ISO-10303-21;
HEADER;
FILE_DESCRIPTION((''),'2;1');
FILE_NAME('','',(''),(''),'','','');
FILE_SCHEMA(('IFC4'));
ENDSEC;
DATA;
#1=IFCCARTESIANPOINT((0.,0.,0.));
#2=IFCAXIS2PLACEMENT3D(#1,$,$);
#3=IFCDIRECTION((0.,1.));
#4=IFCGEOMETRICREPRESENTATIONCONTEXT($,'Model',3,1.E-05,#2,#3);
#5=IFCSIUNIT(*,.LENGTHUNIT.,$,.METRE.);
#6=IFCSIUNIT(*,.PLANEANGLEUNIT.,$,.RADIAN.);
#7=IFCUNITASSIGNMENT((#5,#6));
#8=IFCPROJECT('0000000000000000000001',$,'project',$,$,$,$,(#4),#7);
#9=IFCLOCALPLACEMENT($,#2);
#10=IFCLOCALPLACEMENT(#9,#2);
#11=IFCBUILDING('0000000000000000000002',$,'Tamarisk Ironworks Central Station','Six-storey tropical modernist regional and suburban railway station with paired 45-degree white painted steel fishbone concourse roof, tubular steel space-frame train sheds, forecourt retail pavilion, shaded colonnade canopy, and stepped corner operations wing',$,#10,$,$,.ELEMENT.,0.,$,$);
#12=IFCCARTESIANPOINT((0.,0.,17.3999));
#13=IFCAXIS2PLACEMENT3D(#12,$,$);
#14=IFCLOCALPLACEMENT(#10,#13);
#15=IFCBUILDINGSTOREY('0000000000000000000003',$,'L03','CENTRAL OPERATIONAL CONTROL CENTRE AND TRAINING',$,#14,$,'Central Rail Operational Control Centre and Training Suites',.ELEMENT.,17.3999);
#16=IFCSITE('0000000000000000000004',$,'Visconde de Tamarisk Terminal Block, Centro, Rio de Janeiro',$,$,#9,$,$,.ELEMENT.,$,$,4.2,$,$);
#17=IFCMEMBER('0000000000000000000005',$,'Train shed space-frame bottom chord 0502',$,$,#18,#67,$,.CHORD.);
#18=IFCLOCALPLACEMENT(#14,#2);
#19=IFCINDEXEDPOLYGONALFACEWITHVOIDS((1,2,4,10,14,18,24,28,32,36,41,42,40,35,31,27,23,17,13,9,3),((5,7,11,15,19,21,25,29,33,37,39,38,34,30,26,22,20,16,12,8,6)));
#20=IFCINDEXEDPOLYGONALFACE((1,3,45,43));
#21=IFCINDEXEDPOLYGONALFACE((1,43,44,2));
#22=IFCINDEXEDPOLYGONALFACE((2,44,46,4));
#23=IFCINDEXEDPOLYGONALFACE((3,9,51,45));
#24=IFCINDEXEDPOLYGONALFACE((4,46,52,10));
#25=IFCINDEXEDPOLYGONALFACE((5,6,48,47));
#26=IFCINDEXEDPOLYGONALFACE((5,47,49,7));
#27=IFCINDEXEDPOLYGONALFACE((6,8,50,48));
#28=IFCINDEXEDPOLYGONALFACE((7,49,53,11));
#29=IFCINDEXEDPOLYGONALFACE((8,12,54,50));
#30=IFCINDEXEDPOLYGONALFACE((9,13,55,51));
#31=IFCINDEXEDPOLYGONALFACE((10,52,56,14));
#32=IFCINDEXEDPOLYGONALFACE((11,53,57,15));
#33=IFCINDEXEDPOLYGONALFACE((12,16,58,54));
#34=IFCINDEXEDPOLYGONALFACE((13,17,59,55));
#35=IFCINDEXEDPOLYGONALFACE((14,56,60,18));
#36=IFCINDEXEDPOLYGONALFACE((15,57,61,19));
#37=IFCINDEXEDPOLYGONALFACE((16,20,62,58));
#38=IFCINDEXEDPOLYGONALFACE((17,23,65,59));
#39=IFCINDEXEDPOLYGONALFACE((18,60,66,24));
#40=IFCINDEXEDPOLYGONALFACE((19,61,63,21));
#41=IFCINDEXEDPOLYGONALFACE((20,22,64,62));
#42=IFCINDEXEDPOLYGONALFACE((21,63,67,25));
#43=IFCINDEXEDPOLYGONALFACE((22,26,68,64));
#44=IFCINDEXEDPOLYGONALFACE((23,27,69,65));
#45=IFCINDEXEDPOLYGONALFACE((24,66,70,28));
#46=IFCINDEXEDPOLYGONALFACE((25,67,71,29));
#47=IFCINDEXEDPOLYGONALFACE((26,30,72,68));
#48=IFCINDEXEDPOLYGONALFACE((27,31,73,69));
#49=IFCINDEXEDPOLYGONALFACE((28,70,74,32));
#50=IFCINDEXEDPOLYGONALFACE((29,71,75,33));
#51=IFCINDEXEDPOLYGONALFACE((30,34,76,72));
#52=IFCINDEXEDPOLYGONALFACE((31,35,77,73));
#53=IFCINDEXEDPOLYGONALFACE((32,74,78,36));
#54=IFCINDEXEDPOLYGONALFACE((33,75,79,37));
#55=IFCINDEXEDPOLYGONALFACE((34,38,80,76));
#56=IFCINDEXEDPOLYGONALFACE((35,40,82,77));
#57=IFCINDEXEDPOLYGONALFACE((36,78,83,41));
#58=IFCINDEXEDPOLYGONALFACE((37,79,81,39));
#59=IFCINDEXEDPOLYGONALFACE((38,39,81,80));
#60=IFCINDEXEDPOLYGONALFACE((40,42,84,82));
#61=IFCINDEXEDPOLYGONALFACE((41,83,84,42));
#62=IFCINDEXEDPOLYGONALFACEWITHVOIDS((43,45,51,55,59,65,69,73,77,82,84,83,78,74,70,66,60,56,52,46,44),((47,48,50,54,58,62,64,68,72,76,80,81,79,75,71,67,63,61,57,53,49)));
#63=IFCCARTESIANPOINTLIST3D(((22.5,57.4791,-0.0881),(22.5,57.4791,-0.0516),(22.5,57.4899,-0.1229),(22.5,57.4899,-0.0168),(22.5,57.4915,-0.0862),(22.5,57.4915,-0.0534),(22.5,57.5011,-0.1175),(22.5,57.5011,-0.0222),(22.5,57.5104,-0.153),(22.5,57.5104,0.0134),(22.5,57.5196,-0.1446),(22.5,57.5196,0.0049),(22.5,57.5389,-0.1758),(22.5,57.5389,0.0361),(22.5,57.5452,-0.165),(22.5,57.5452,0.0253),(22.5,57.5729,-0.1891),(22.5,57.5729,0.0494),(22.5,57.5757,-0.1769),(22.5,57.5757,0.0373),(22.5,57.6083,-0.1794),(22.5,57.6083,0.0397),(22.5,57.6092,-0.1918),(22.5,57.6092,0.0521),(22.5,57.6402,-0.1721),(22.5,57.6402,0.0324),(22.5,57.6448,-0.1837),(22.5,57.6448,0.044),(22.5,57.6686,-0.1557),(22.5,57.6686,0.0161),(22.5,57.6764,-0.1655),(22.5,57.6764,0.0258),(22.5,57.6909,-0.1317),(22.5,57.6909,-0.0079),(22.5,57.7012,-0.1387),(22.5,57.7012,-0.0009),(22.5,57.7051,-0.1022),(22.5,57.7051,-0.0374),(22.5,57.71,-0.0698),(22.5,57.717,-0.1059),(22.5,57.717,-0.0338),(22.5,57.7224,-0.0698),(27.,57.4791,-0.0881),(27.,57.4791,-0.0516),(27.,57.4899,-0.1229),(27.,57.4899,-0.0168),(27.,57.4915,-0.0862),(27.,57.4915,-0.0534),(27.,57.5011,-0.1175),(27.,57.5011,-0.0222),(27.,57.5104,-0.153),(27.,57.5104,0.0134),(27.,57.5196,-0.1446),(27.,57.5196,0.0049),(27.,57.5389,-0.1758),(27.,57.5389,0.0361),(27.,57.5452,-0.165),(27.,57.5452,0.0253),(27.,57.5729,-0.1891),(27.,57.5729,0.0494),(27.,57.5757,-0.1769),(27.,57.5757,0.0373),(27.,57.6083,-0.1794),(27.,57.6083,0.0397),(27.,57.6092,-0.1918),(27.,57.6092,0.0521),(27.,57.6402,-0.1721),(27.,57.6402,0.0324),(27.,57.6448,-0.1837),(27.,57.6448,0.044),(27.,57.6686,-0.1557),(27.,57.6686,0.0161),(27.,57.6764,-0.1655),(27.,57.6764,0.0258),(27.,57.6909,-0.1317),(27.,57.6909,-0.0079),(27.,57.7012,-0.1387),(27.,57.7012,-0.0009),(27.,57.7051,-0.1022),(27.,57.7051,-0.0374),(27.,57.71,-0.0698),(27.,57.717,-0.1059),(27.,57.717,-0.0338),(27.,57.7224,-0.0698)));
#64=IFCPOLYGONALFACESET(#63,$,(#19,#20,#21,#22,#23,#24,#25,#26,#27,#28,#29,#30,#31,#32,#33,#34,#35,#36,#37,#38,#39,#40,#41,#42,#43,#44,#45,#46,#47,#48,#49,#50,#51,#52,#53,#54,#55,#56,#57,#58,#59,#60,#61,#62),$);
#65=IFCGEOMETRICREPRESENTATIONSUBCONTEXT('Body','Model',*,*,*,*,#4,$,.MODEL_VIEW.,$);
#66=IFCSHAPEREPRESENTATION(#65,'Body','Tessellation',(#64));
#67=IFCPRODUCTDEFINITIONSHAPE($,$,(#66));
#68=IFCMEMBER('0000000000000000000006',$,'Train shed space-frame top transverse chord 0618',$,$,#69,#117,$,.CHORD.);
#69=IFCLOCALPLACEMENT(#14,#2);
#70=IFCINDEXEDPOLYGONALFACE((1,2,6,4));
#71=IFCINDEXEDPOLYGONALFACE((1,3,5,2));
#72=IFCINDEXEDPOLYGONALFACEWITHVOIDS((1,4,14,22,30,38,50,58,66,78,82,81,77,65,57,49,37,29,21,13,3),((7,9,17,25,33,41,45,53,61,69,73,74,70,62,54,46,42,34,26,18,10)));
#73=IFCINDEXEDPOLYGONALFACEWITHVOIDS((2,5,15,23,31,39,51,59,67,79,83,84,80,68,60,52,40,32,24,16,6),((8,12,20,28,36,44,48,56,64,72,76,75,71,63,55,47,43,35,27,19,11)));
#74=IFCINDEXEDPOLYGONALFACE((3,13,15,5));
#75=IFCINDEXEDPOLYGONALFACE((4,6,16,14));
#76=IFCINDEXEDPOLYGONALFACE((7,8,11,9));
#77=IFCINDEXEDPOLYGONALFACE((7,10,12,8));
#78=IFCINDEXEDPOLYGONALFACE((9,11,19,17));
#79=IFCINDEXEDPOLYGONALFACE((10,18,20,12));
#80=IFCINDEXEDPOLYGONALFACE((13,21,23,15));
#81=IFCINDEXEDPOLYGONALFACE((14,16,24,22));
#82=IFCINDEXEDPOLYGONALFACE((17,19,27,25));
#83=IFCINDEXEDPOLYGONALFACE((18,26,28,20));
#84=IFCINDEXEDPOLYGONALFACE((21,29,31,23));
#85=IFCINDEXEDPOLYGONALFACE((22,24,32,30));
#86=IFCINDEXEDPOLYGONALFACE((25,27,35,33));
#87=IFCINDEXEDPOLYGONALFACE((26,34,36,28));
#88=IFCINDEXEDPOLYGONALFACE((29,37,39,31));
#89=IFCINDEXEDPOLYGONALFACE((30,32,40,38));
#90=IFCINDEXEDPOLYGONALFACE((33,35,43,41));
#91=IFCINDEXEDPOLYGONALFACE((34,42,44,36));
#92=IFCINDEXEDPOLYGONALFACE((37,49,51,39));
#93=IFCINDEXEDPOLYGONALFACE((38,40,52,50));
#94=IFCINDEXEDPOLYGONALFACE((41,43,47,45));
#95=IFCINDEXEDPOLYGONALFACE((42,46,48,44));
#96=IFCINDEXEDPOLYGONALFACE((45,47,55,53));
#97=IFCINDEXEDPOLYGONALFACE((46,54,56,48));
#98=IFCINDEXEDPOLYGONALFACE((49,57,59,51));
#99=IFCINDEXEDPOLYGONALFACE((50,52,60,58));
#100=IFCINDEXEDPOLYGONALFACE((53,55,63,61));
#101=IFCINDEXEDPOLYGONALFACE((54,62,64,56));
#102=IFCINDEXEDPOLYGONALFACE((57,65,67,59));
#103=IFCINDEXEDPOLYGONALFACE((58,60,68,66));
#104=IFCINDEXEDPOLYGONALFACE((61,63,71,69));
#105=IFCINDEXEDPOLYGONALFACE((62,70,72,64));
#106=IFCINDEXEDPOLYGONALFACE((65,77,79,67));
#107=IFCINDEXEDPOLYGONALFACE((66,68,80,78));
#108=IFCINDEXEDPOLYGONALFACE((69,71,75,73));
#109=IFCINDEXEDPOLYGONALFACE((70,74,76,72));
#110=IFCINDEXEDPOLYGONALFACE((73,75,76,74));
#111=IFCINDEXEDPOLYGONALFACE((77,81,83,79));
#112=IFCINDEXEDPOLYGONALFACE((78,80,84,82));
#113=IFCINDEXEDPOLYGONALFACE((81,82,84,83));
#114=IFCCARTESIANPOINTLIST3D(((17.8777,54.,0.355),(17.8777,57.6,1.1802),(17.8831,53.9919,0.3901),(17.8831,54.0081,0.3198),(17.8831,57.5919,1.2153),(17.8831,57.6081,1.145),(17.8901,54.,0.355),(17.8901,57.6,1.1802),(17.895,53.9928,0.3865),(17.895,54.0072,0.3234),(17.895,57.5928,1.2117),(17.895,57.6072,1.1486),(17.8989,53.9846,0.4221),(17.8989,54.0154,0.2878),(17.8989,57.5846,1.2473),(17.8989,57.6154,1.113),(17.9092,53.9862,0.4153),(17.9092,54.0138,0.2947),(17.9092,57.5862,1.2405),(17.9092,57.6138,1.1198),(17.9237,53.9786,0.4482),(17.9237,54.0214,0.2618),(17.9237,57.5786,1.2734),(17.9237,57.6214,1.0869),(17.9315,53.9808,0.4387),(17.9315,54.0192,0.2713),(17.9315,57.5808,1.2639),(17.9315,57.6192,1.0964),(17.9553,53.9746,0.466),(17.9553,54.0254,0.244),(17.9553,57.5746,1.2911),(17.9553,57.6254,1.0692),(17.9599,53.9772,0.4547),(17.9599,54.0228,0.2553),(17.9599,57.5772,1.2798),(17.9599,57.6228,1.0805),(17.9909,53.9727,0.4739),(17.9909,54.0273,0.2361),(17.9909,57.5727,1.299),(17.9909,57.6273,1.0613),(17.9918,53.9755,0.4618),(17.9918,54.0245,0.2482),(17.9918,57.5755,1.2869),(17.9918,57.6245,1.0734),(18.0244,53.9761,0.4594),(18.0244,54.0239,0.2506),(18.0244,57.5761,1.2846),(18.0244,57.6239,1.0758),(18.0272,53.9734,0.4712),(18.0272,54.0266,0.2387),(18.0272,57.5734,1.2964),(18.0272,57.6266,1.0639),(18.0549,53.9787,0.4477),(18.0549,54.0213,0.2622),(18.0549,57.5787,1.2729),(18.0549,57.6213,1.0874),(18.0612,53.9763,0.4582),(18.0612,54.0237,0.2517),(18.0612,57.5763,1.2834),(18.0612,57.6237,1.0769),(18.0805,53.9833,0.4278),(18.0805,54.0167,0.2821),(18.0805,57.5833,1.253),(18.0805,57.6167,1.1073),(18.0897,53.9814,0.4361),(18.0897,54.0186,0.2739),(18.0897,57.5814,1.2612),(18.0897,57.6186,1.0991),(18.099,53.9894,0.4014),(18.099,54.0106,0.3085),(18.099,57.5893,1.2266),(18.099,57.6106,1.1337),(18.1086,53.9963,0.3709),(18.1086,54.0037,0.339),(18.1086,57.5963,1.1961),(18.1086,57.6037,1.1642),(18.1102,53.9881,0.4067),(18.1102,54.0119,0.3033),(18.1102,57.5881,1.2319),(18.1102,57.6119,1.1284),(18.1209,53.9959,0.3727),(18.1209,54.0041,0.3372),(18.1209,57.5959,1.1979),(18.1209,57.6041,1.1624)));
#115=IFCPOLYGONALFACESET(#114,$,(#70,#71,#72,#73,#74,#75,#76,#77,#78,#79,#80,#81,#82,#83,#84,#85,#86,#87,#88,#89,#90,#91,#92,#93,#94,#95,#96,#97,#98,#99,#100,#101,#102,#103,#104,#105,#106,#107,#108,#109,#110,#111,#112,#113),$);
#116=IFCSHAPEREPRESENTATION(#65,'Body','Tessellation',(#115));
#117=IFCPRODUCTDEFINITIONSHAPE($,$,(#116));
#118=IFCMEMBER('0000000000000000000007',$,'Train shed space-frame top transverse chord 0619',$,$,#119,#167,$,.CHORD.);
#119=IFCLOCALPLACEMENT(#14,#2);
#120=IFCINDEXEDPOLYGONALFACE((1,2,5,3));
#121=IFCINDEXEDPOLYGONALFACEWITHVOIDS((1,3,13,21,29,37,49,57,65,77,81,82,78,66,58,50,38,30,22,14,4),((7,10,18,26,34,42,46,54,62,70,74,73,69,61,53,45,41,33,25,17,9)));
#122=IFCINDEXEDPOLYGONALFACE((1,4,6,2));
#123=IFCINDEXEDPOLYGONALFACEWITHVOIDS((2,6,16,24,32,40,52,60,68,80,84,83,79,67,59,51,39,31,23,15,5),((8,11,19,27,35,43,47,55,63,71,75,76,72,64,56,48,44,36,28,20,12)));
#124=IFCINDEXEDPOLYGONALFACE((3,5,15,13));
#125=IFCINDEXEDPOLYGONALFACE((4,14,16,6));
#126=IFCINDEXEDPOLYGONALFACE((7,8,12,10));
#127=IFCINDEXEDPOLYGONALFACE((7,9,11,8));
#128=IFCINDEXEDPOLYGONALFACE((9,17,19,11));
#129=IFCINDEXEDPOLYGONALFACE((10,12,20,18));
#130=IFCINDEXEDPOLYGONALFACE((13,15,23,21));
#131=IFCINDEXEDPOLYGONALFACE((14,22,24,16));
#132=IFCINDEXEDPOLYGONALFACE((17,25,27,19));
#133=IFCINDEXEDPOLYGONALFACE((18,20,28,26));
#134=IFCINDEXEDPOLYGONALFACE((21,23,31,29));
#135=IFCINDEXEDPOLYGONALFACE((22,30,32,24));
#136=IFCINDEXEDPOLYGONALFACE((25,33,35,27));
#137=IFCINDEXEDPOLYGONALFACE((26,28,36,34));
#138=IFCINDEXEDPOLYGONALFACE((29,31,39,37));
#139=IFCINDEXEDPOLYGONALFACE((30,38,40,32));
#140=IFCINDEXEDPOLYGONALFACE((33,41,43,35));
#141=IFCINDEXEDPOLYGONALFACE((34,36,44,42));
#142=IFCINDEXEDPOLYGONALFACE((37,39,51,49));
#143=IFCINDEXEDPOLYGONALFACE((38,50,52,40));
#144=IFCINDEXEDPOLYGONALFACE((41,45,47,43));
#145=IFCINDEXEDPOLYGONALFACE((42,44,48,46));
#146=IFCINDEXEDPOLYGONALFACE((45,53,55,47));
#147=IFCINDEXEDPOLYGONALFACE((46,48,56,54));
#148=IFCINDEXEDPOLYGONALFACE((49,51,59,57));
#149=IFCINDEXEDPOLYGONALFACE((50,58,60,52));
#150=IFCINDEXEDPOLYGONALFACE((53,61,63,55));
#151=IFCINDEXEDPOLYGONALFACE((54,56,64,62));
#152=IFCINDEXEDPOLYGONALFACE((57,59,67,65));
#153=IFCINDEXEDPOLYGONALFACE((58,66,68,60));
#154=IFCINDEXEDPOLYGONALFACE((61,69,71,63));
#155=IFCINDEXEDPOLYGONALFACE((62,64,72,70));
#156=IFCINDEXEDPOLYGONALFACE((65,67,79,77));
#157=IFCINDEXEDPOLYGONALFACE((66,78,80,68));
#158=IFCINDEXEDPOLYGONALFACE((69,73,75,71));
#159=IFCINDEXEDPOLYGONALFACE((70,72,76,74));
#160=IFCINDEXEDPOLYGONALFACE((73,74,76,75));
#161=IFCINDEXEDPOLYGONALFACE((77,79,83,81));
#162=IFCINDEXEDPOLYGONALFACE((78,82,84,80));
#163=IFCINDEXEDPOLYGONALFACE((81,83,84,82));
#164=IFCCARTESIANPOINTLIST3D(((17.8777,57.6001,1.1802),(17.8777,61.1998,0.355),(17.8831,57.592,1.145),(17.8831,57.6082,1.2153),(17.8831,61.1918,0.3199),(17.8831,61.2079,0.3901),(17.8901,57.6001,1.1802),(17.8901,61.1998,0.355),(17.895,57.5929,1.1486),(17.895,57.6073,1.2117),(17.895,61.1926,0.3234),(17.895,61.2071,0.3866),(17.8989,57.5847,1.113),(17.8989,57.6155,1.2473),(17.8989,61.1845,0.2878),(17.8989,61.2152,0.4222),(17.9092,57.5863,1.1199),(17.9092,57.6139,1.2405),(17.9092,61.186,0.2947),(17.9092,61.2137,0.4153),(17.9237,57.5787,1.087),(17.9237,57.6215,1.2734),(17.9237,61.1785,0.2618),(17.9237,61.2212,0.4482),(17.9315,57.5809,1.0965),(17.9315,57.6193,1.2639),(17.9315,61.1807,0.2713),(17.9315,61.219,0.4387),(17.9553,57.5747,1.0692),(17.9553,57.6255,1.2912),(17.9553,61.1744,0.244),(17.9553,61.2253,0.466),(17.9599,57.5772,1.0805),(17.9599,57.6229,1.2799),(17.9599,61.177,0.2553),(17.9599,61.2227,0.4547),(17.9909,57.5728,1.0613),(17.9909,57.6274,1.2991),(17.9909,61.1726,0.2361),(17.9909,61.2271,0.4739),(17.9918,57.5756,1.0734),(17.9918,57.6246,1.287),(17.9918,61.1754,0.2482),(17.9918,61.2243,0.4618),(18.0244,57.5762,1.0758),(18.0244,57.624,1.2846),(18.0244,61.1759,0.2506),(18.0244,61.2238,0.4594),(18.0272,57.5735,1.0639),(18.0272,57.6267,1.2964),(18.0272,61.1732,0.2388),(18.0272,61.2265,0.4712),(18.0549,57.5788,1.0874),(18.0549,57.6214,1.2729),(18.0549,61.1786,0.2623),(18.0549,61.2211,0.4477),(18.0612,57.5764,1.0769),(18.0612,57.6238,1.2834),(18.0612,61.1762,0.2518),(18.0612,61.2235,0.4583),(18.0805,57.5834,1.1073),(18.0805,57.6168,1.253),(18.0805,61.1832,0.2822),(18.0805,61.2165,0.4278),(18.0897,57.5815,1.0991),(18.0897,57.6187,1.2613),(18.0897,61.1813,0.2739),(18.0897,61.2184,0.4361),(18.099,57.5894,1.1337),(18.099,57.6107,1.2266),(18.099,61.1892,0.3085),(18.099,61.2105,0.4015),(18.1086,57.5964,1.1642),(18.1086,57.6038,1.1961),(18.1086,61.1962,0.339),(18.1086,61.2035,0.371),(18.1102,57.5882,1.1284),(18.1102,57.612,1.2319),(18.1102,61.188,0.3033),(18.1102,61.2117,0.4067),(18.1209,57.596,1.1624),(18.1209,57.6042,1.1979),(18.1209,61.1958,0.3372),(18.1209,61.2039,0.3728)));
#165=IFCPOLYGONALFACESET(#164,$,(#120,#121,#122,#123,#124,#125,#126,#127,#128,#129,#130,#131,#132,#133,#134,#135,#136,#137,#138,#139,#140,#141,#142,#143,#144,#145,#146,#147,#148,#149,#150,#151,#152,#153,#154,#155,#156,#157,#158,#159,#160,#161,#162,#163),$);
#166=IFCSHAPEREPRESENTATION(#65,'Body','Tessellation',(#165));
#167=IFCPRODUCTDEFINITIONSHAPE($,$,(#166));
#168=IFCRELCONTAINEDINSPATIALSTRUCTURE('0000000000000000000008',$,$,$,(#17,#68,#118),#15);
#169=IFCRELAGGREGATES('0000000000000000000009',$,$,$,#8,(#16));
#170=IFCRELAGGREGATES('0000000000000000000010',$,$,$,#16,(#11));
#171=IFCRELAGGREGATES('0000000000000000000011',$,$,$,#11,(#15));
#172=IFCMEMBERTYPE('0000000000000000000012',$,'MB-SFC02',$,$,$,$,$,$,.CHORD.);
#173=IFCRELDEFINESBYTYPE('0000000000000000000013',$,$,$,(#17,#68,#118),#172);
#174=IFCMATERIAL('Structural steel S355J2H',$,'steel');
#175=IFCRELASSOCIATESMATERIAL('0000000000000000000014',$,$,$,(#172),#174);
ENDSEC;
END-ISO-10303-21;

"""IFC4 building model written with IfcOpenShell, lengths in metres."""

from ifc_helpers import new_model, si_unit, direction, frame, origin, origin_2d, place, context, subcontext, project, spatial, hollow_circle, extrude, material, material_profile, profile_set, type_object, element, save


model = new_model("IFC4")

# Units and contexts
model_context = context("Model", 3, precision=1e-05, world=origin(), true_north=direction((0.0, 1.0)))
body_context = subcontext(model_context, "Body", "Model", "MODEL_VIEW")
ifc_project = project(units=[si_unit("LENGTHUNIT", "METRE"), si_unit("PLANEANGLEUNIT", "RADIAN")], contexts=[model_context])

# Site, building, storey
site_placement = place(None, origin())
site = spatial("IfcSite", under=ifc_project, at=site_placement, Name="Visconde de Tamarisk Terminal Block, Centro, Rio de Janeiro", CompositionType="ELEMENT", RefElevation=4.2)
building_placement = place(site_placement, origin())
building = spatial("IfcBuilding", under=site, at=building_placement, Name="Tamarisk Ironworks Central Station", Description="Six-storey tropical modernist regional and suburban railway station with paired 45-degree white painted steel fishbone concourse roof, tubular steel space-frame train sheds, forecourt retail pavilion, shaded colonnade canopy, and stepped corner operations wing", CompositionType="ELEMENT", ElevationOfRefHeight=0.0)
storey_placement = place(building_placement, frame((0.0, 0.0, 17.3999)))
storey = spatial("IfcBuildingStorey", under=building, at=storey_placement, Name="L03", Description="CENTRAL OPERATIONAL CONTROL CENTRE AND TRAINING", LongName="Central Rail Operational Control Centre and Training Suites", CompositionType="ELEMENT", Elevation=17.3999)

# Members
ifc_material_1 = material(Name="Structural steel S355J2H", Category="steel")
ifc_material_profile_1 = material_profile(ifc_material_1, hollow_circle(Radius=0.1223, WallThickness=0.0125, at=origin_2d()), Name="CHS 244.5x12.5")
ifc_profile_set_1 = profile_set([ifc_material_profile_1], Name="Structural steel S355J2H")
member_type_1 = type_object("IfcMemberType", Name="MB-SFC02", PredefinedType="CHORD", material=ifc_profile_set_1)
for number, where, z_axis, x_axis, name in (
    (1, (22.5, 57.6001, -0.0698), (1.0, 0.0, 0.0), (0.0, 1.0, 0.0), "Train shed space-frame bottom chord 0502"),
):
    element("IfcMember", number, at=place(storey_placement, frame(where, z_axis=z_axis, x_axis=x_axis)), inside=storey, type_object=member_type_1, Name=name, PredefinedType="CHORD", context=body_context, shape_type="SweptSolid", body=[
        extrude(hollow_circle(Radius=0.1223, WallThickness=0.0125, at=origin_2d()), origin(), (0.0, 0.0, 1.0), 4.5),
    ])
member_1_placement = place(storey_placement, frame((18.0, 54.0, 0.355), z_axis=(0.0, 0.974722, 0.223421), x_axis=(-1.0, 0.0, 0.0)))
element("IfcMember", 2, at=member_1_placement, inside=storey, type_object=member_type_1, Name="Train shed space-frame top transverse chord 0618", PredefinedType="CHORD", context=body_context, shape_type="SweptSolid", body=[
    extrude(hollow_circle(Radius=0.1223, WallThickness=0.0125, at=origin_2d()), origin(), (0.0, 0.0, 1.0), 3.6934),
])
member_2_placement = place(storey_placement, frame((18.0, 57.6001, 1.1802), z_axis=(0.0, 0.974719, -0.223435), x_axis=(-1.0, 0.0, 0.0)))
element("IfcMember", 3, at=member_2_placement, inside=storey, type_object=member_type_1, Name="Train shed space-frame top transverse chord 0619", PredefinedType="CHORD", context=body_context, shape_type="SweptSolid", body=[
    extrude(hollow_circle(Radius=0.1223, WallThickness=0.0125, at=origin_2d()), origin(), (0.0, 0.0, 1.0), 3.6931),
])

save(model, "model.ifc")
